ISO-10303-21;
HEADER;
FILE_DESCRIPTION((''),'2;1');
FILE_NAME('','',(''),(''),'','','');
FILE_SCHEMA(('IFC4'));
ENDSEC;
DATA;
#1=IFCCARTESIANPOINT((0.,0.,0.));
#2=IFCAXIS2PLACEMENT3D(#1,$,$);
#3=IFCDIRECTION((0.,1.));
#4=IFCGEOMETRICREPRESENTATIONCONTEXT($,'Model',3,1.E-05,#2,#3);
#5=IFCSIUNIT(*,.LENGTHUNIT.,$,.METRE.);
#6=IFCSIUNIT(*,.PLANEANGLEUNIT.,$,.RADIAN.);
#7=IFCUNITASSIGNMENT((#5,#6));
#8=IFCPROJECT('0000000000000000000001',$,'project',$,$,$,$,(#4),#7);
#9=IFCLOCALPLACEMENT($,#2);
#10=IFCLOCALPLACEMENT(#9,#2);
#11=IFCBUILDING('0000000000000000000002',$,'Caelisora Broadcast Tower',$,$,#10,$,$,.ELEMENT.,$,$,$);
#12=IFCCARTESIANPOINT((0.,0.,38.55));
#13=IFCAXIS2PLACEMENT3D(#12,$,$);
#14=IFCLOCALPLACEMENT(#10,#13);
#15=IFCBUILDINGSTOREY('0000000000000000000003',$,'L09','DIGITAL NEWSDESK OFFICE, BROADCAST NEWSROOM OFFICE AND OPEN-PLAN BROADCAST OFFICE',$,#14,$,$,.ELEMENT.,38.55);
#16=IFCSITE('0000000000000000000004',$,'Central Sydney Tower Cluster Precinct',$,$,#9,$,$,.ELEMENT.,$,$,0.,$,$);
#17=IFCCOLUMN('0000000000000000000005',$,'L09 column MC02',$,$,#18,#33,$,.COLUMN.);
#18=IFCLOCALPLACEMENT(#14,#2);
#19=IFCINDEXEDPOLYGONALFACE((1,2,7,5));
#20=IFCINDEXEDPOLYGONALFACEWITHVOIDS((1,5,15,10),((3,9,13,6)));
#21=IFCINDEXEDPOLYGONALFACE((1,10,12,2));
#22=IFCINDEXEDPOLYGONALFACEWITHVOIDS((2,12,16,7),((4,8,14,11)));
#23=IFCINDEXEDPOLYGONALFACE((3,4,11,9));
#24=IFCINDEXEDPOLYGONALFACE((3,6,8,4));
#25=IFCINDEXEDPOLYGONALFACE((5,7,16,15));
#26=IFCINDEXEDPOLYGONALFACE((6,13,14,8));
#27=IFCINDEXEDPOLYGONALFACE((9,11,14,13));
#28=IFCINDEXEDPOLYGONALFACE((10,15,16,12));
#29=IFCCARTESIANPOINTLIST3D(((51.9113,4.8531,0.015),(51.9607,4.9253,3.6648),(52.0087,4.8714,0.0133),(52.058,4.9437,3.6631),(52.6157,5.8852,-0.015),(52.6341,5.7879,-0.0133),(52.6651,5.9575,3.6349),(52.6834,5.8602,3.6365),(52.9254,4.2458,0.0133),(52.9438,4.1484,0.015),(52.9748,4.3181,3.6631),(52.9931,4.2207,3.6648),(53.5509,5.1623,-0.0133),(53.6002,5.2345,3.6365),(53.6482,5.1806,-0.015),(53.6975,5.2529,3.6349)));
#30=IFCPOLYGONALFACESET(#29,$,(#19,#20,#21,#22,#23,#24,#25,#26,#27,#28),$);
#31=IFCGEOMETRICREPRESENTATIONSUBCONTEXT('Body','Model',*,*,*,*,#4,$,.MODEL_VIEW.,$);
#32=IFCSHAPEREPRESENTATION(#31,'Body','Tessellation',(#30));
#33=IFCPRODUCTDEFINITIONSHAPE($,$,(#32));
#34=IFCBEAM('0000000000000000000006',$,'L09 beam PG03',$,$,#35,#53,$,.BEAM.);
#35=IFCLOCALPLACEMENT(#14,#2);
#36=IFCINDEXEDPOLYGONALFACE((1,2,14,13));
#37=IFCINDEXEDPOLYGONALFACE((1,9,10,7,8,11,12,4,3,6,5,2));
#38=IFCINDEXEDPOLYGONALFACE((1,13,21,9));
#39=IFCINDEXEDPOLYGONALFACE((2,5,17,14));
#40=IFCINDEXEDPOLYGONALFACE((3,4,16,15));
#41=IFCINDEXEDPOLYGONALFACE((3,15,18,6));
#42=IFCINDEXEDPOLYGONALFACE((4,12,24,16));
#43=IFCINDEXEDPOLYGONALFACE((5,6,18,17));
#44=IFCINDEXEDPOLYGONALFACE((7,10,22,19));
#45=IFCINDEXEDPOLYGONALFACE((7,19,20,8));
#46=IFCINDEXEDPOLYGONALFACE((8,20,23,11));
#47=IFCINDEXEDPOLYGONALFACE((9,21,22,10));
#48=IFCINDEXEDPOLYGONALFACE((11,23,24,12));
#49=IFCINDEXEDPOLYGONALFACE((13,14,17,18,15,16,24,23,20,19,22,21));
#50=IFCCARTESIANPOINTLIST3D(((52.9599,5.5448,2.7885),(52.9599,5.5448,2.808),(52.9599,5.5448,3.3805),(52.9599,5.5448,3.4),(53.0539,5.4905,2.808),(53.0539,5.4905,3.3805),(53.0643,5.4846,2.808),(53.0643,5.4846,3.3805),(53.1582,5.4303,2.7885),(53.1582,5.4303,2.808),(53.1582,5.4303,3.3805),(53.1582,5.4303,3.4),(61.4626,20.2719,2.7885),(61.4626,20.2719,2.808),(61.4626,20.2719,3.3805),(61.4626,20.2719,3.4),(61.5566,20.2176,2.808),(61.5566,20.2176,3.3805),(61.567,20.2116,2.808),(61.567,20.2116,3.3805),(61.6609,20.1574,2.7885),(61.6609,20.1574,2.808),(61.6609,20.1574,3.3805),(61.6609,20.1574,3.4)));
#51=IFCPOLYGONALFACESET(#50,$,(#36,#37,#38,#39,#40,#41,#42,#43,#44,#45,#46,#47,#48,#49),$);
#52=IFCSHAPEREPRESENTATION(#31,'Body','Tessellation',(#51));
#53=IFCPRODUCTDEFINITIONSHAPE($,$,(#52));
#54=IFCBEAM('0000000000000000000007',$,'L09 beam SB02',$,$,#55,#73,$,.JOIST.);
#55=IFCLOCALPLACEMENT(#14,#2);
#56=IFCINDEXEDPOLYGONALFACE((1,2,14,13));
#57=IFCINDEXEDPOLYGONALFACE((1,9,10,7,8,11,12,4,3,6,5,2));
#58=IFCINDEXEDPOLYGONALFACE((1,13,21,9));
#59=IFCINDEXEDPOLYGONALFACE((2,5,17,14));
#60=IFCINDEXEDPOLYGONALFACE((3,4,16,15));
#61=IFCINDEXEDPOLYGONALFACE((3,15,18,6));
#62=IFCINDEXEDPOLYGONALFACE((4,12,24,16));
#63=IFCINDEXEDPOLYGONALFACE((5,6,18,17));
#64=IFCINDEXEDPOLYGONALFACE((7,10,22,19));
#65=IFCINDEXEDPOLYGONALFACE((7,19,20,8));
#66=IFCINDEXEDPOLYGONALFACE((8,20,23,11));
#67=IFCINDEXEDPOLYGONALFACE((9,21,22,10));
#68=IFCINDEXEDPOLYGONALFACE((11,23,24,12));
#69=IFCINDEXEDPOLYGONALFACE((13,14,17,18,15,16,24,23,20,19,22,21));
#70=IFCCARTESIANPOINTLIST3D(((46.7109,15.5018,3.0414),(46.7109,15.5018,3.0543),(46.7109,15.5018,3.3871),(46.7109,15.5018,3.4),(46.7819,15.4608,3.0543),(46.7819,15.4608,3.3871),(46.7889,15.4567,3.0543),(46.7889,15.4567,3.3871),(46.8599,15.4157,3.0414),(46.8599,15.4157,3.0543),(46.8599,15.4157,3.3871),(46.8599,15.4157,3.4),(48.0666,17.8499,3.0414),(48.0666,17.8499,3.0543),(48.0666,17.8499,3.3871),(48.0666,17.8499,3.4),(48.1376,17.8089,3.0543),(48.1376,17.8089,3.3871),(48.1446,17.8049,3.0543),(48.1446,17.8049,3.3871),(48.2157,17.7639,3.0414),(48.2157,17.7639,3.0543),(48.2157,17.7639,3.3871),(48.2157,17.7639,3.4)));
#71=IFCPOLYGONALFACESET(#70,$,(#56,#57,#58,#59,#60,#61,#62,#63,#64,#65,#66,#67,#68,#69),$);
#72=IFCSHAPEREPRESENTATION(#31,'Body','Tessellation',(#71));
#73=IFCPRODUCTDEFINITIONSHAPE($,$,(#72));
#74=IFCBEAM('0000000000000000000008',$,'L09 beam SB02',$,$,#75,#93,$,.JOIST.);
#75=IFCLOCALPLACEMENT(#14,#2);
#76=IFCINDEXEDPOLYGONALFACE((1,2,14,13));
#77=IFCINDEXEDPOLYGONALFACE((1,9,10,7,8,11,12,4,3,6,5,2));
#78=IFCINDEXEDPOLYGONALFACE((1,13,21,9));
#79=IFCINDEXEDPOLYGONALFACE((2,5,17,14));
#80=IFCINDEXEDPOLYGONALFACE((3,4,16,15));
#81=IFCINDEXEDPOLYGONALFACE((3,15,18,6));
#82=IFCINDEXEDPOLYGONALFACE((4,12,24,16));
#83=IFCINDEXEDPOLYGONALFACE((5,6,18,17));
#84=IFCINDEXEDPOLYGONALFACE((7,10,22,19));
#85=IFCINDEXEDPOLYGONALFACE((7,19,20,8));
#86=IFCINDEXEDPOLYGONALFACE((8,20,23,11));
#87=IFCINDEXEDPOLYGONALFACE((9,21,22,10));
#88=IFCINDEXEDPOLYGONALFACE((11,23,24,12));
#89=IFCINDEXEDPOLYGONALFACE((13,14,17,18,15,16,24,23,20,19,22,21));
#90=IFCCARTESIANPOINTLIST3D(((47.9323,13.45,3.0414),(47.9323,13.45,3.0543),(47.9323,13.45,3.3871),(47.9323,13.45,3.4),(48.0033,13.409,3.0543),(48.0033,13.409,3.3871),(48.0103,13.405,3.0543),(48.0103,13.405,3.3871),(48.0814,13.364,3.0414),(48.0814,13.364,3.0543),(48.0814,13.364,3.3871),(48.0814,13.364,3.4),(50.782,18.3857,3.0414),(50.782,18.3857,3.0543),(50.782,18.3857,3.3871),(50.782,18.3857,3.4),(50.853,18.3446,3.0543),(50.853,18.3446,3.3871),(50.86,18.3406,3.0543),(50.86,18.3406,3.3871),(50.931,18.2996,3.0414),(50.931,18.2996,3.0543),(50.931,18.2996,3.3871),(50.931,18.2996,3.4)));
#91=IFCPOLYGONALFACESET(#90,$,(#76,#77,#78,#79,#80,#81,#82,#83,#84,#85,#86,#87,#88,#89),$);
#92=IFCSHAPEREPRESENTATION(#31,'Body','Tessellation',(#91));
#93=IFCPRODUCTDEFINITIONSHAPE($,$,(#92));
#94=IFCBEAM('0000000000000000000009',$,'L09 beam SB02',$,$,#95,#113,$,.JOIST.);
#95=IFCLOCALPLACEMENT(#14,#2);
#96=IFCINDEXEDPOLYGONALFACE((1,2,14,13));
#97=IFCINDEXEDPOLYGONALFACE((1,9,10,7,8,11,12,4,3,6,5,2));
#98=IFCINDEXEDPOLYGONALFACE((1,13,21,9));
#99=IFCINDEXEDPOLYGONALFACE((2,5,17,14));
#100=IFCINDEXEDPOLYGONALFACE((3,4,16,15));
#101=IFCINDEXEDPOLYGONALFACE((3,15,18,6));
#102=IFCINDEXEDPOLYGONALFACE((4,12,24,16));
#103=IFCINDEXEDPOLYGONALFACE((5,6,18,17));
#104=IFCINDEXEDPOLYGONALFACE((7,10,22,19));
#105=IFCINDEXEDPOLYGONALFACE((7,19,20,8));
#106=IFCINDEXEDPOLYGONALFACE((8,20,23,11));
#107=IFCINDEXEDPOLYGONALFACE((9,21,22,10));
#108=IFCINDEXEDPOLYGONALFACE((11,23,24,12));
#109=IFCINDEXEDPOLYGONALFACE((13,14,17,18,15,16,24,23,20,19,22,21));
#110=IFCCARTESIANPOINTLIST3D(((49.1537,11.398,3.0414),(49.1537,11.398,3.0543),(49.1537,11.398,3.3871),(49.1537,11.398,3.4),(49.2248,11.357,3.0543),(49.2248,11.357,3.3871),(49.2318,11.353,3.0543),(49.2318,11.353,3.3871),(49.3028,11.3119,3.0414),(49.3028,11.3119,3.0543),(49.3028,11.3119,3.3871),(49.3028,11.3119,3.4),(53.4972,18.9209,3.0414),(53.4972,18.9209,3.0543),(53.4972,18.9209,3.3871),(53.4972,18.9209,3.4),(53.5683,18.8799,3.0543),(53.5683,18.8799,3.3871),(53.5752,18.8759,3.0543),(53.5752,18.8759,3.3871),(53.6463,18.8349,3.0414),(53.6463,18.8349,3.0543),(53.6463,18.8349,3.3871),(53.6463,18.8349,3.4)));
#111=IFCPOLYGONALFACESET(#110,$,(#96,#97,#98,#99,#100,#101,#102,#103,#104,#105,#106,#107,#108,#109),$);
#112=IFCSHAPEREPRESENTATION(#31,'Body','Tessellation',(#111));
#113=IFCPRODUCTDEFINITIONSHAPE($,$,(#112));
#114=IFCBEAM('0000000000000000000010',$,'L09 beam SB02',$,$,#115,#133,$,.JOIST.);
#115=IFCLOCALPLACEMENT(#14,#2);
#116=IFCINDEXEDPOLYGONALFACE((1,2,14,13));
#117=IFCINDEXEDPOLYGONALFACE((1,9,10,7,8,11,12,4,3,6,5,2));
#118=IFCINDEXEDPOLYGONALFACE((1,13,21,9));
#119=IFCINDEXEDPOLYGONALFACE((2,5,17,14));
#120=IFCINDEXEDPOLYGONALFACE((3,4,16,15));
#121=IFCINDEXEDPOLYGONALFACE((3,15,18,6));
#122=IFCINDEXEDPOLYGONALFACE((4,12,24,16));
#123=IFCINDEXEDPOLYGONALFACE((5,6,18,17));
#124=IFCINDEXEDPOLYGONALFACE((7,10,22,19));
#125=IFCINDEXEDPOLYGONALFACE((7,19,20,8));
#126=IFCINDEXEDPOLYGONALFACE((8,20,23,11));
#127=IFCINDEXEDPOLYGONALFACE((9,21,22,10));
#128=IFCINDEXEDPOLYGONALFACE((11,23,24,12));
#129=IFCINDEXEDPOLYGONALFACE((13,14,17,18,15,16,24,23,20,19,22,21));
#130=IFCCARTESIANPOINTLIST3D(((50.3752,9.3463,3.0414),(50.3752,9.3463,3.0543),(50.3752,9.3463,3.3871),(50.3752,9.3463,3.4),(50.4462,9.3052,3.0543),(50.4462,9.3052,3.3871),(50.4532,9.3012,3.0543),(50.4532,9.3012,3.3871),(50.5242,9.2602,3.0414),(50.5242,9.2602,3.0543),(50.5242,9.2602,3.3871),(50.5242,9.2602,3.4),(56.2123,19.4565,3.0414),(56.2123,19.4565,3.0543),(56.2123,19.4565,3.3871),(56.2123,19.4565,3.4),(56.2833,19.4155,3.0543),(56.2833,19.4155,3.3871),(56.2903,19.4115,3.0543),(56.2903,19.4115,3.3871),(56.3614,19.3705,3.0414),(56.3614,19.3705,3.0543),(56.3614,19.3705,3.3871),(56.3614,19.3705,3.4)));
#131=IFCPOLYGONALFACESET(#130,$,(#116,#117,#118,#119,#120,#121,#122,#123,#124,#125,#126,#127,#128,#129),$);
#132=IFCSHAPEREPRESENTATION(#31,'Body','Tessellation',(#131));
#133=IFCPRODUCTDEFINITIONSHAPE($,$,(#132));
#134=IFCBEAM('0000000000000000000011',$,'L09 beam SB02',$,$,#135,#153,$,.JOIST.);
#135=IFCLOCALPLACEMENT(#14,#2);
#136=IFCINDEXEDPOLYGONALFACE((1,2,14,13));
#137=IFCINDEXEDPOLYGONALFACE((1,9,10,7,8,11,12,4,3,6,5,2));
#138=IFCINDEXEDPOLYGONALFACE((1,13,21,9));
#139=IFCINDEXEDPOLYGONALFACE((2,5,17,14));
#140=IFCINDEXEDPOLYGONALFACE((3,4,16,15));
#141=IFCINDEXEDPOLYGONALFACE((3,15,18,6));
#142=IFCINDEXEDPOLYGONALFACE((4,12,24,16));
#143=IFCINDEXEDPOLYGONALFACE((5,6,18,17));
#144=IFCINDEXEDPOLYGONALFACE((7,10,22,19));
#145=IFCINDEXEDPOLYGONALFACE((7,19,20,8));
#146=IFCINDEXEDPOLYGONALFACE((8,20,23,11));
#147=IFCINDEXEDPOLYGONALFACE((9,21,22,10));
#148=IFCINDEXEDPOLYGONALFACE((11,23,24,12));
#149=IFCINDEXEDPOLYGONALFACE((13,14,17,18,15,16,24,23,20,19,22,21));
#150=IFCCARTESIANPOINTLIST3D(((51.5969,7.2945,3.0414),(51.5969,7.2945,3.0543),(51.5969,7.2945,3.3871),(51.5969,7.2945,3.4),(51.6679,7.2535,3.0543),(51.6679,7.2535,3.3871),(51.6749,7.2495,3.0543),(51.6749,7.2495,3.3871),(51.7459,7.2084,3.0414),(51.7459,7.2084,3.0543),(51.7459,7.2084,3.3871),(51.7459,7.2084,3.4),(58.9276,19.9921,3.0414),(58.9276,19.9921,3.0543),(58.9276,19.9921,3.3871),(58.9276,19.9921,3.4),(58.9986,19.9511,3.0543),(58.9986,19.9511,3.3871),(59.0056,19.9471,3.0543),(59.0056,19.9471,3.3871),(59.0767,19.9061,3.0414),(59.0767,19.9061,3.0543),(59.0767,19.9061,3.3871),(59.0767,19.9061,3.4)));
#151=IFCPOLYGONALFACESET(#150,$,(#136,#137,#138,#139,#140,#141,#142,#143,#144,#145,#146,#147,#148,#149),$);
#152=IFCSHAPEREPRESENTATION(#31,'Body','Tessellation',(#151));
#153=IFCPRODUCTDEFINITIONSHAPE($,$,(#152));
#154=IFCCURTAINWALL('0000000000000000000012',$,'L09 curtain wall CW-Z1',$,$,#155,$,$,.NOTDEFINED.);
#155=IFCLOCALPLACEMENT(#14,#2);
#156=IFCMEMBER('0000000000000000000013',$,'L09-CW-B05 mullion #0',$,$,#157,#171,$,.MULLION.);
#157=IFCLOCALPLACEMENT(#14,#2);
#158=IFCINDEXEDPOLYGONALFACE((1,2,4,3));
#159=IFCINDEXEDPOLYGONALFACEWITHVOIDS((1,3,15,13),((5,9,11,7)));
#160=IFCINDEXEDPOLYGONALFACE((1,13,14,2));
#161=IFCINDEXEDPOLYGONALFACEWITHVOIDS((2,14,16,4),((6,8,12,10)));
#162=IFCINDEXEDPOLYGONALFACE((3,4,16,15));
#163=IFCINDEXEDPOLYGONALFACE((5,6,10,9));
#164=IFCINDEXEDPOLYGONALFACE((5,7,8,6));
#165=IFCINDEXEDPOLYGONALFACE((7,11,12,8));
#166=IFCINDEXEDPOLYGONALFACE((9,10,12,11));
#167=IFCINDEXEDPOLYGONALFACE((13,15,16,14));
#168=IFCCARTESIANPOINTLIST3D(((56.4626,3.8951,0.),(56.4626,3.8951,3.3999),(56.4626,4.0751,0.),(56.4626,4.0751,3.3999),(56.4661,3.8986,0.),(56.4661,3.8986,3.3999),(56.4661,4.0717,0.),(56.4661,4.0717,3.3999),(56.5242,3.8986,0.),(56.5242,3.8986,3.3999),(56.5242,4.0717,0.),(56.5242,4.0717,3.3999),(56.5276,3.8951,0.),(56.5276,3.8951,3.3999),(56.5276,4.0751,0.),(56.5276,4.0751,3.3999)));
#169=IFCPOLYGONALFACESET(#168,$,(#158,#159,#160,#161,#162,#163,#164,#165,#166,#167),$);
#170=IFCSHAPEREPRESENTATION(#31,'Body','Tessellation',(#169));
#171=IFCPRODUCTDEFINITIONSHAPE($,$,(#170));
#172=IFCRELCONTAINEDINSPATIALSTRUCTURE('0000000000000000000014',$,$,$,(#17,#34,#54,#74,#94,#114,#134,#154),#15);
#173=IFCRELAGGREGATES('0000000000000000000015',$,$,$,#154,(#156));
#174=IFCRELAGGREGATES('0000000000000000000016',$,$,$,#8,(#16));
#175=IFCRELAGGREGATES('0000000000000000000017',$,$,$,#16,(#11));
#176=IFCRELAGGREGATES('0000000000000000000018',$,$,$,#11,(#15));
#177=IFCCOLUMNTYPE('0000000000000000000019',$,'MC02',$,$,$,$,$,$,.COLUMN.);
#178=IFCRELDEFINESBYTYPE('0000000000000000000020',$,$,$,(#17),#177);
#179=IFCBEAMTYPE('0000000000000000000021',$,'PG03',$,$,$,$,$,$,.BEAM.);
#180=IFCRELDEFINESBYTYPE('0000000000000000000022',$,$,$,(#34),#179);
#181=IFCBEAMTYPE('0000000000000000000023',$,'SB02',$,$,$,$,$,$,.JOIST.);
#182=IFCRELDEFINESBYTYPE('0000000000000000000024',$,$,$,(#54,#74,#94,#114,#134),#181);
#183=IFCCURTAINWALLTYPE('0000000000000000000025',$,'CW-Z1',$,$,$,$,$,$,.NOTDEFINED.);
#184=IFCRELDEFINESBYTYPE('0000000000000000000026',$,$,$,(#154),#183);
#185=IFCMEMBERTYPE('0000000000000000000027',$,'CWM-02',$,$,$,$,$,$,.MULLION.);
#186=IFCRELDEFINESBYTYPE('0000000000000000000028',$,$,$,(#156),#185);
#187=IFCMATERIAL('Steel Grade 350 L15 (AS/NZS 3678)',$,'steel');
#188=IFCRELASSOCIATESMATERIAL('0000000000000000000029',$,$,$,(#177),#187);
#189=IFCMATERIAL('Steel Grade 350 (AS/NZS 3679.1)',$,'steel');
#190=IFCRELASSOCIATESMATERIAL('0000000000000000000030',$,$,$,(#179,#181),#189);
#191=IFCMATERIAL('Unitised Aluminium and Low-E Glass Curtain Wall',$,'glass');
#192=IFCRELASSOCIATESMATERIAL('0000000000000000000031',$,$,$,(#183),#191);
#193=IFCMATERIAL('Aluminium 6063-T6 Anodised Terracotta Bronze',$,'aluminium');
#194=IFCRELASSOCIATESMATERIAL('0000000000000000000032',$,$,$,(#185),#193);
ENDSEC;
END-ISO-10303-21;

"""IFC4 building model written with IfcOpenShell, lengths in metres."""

from ifc_helpers import new_model, si_unit, direction, frame, origin, origin_2d, place, context, subcontext, project, spatial, hollow_rectangle, i_section, extrude, source, transform, mapped, material, material_profile, profile_set, type_object, type_shapes, element, aggregate, save


model = new_model("IFC4")

# Units and contexts
model_context = context("Model", 3, precision=1e-05, world=origin(), true_north=direction((0.0, 1.0)))
body_context = subcontext(model_context, "Body", "Model", "MODEL_VIEW")
ifc_project = project(units=[si_unit("LENGTHUNIT", "METRE"), si_unit("PLANEANGLEUNIT", "RADIAN")], contexts=[model_context])

# Site, building, storey
site_placement = place(None, origin())
site = spatial("IfcSite", under=ifc_project, at=site_placement, Name="Central Sydney Tower Cluster Precinct", CompositionType="ELEMENT", RefElevation=0.0)
building_placement = place(site_placement, origin())
building = spatial("IfcBuilding", under=site, at=building_placement, Name="Caelisora Broadcast Tower", CompositionType="ELEMENT")
storey_placement = place(building_placement, frame((0.0, 0.0, 38.55)))
storey = spatial("IfcBuildingStorey", under=building, at=storey_placement, Name="L09", Description="DIGITAL NEWSDESK OFFICE, BROADCAST NEWSROOM OFFICE AND OPEN-PLAN BROADCAST OFFICE", CompositionType="ELEMENT", Elevation=38.55)

# Column
ifc_material_1 = material(Name="Steel Grade 350 L15 (AS/NZS 3678)", Category="steel")
ifc_material_profile_1 = material_profile(ifc_material_1, hollow_rectangle(XDim=1.25, YDim=1.25, WallThickness=0.0701, at=origin_2d()), Name="Steel Grade 350 L15 (AS/NZS 3678)")
ifc_profile_set_1 = profile_set([ifc_material_profile_1], Name="Steel Grade 350 L15 (AS/NZS 3678)")
column_type = type_object("IfcColumnType", Name="MC02", PredefinedType="COLUMN", material=ifc_profile_set_1)
shared_shape_1 = source(origin(), body_context, "Body", "SweptSolid", [
    extrude(hollow_rectangle(XDim=1.25, YDim=1.25, WallThickness=0.0701, at=origin_2d()), origin(), (0.0, 0.0, 1.0), 3.6509),
])
type_shapes(column_type, [shared_shape_1])
column_placement = place(storey_placement, frame((52.7798, 5.0168, 0.0), z_axis=(0.013508, 0.019794, 0.999713), x_axis=(-0.825991, 0.563683, 0.0)))
element("IfcColumn", 1, at=column_placement, inside=storey, type_object=column_type, Name="L09 column MC02", PredefinedType="COLUMN", context=body_context, shape_type="MappedRepresentation", body=[
    mapped(shared_shape_1, transform((0.0, 0.0, 0.0), scale=1.0)),
])

# Beams
ifc_material_2 = material(Name="Steel Grade 350 (AS/NZS 3679.1)", Category="steel")
ifc_material_profile_2 = material_profile(ifc_material_2, i_section(OverallWidth=0.229, OverallDepth=0.6116, WebThickness=0.012, FlangeThickness=0.0195, at=origin_2d()), Name="Steel Grade 350 (AS/NZS 3679.1)")
ifc_profile_set_2 = profile_set([ifc_material_profile_2], Name="Steel Grade 350 (AS/NZS 3679.1)")
beam_type_1 = type_object("IfcBeamType", Name="PG03", PredefinedType="BEAM", material=ifc_profile_set_2)
shared_shape_2 = source(origin(), body_context, "Body", "SweptSolid", [
    extrude(i_section(OverallWidth=0.229, OverallDepth=0.6116, WebThickness=0.012, FlangeThickness=0.0195, at=origin_2d()), origin(), (0.0, 0.0, 1.0), 17.0054),
])
type_shapes(beam_type_1, [shared_shape_2])
beam_1_placement = place(storey_placement, frame((53.0591, 5.4875, 3.0942), z_axis=(0.500001, 0.866025, 0.0), x_axis=(-0.866025, 0.500001, 0.0)))
element("IfcBeam", 2, at=beam_1_placement, inside=storey, type_object=beam_type_1, Name="L09 beam PG03", PredefinedType="BEAM", context=body_context, shape_type="MappedRepresentation", body=[
    mapped(shared_shape_2, transform((0.0, 0.0, 0.0), scale=1.0)),
])
ifc_material_profile_3 = material_profile(ifc_material_2, i_section(OverallWidth=0.1721, OverallDepth=0.3586, WebThickness=0.0081, FlangeThickness=0.0129, at=origin_2d()), Name="Steel Grade 350 (AS/NZS 3679.1)")
ifc_profile_set_3 = profile_set([ifc_material_profile_3], Name="Steel Grade 350 (AS/NZS 3679.1)")
beam_type_2 = type_object("IfcBeamType", Name="SB02", PredefinedType="JOIST", material=ifc_profile_set_3)
shared_shape_3 = source(origin(), body_context, "Body", "SweptSolid", [
    extrude(i_section(OverallWidth=0.1721, OverallDepth=0.3586, WebThickness=0.0081, FlangeThickness=0.0129, at=origin_2d()), origin(), (0.0, 0.0, 1.0), 2.7114),
])
beam_2_placement = place(storey_placement, frame((46.7854, 15.4587, 3.2207), z_axis=(0.500003, 0.866024, 0.0), x_axis=(-0.866024, 0.500003, 0.0)))
element("IfcBeam", 3, at=beam_2_placement, inside=storey, type_object=beam_type_2, Name="L09 beam SB02", PredefinedType="JOIST", context=body_context, shape_type="MappedRepresentation", body=[
    mapped(shared_shape_3, transform((0.0, 0.0, 0.0), scale=1.0)),
])
shared_shape_4 = source(origin(), body_context, "Body", "SweptSolid", [
    extrude(i_section(OverallWidth=0.1721, OverallDepth=0.3586, WebThickness=0.0081, FlangeThickness=0.0129, at=origin_2d()), origin(), (0.0, 0.0, 1.0), 5.6992),
])
beam_3_placement = place(storey_placement, frame((48.0068, 13.407, 3.2207), z_axis=(0.500009, 0.86602, 0.0), x_axis=(-0.86602, 0.500009, 0.0)))
element("IfcBeam", 4, at=beam_3_placement, inside=storey, type_object=beam_type_2, Name="L09 beam SB02", PredefinedType="JOIST", context=body_context, shape_type="MappedRepresentation", body=[
    mapped(shared_shape_4, transform((0.0, 0.0, 0.0), scale=1.0)),
])
shared_shape_5 = source(origin(), body_context, "Body", "SweptSolid", [
    extrude(i_section(OverallWidth=0.1721, OverallDepth=0.3586, WebThickness=0.0081, FlangeThickness=0.0129, at=origin_2d()), origin(), (0.0, 0.0, 1.0), 8.6868),
])
beam_4_placement = place(storey_placement, frame((49.2283, 11.355, 3.2207), z_axis=(0.500011, 0.866019, 0.0), x_axis=(-0.866019, 0.500011, 0.0)))
element("IfcBeam", 5, at=beam_4_placement, inside=storey, type_object=beam_type_2, Name="L09 beam SB02", PredefinedType="JOIST", context=body_context, shape_type="MappedRepresentation", body=[
    mapped(shared_shape_5, transform((0.0, 0.0, 0.0), scale=1.0)),
])
shared_shape_6 = source(origin(), body_context, "Body", "SweptSolid", [
    extrude(i_section(OverallWidth=0.1721, OverallDepth=0.3586, WebThickness=0.0081, FlangeThickness=0.0129, at=origin_2d()), origin(), (0.0, 0.0, 1.0), 11.6743),
])
beam_5_placement = place(storey_placement, frame((50.4497, 9.3032, 3.2207), z_axis=(0.499996, 0.866027, 0.0), x_axis=(-0.866027, 0.499996, 0.0)))
element("IfcBeam", 6, at=beam_5_placement, inside=storey, type_object=beam_type_2, Name="L09 beam SB02", PredefinedType="JOIST", context=body_context, shape_type="MappedRepresentation", body=[
    mapped(shared_shape_6, transform((0.0, 0.0, 0.0), scale=1.0)),
])
shared_shape_7 = source(origin(), body_context, "Body", "SweptSolid", [
    extrude(i_section(OverallWidth=0.1721, OverallDepth=0.3586, WebThickness=0.0081, FlangeThickness=0.0129, at=origin_2d()), origin(), (0.0, 0.0, 1.0), 14.6619),
])
type_shapes(beam_type_2, [shared_shape_3, shared_shape_4, shared_shape_5, shared_shape_6, shared_shape_7])
beam_6_placement = place(storey_placement, frame((51.6714, 7.2515, 3.2207), z_axis=(0.499988, 0.866033, 0.0), x_axis=(-0.866033, 0.499988, 0.0)))
element("IfcBeam", 7, at=beam_6_placement, inside=storey, type_object=beam_type_2, Name="L09 beam SB02", PredefinedType="JOIST", context=body_context, shape_type="MappedRepresentation", body=[
    mapped(shared_shape_7, transform((0.0, 0.0, 0.0), scale=1.0)),
])

# Curtain wall, member
ifc_material_3 = material(Name="Unitised Aluminium and Low-E Glass Curtain Wall", Category="glass")
curtain_wall_type = type_object("IfcCurtainWallType", Name="CW-Z1", PredefinedType="NOTDEFINED", material=ifc_material_3)
curtain_wall_placement = place(storey_placement, origin())
curtain_wall = element("IfcCurtainWall", 8, at=curtain_wall_placement, inside=storey, type_object=curtain_wall_type, Name="L09 curtain wall CW-Z1", PredefinedType="NOTDEFINED")
ifc_material_4 = material(Name="Aluminium 6063-T6 Anodised Terracotta Bronze", Category="aluminium")
ifc_material_profile_4 = material_profile(ifc_material_4, hollow_rectangle(XDim=0.0649, YDim=0.1799, WallThickness=0.0034, at=origin_2d()), Name="Aluminium 6063-T6 Anodised Terracotta Bronze")
ifc_profile_set_4 = profile_set([ifc_material_profile_4], Name="Aluminium 6063-T6 Anodised Terracotta Bronze")
member_type_1 = type_object("IfcMemberType", Name="CWM-02", PredefinedType="MULLION", material=ifc_profile_set_4)
shared_shape_8 = source(origin(), body_context, "Body", "SweptSolid", [
    extrude(hollow_rectangle(XDim=0.0649, YDim=0.1799, WallThickness=0.0034, at=origin_2d()), origin(), (0.0, 0.0, 1.0), 3.3999),
])
type_shapes(member_type_1, [shared_shape_8])
member_1_placement = place(storey_placement, frame((56.4951, 3.9851, 0.0), z_axis=(0.0, 0.0, 1.0), x_axis=(1.0, 0.0, 0.0)))
member_1 = element("IfcMember", 9, at=member_1_placement, type_object=member_type_1, Name="L09-CW-B05 mullion #0", PredefinedType="MULLION", context=body_context, shape_type="MappedRepresentation", body=[
    mapped(shared_shape_8, transform((0.0, 0.0, 0.0), scale=1.0)),
])
aggregate(curtain_wall, [member_1])

save(model, "model.ifc")
